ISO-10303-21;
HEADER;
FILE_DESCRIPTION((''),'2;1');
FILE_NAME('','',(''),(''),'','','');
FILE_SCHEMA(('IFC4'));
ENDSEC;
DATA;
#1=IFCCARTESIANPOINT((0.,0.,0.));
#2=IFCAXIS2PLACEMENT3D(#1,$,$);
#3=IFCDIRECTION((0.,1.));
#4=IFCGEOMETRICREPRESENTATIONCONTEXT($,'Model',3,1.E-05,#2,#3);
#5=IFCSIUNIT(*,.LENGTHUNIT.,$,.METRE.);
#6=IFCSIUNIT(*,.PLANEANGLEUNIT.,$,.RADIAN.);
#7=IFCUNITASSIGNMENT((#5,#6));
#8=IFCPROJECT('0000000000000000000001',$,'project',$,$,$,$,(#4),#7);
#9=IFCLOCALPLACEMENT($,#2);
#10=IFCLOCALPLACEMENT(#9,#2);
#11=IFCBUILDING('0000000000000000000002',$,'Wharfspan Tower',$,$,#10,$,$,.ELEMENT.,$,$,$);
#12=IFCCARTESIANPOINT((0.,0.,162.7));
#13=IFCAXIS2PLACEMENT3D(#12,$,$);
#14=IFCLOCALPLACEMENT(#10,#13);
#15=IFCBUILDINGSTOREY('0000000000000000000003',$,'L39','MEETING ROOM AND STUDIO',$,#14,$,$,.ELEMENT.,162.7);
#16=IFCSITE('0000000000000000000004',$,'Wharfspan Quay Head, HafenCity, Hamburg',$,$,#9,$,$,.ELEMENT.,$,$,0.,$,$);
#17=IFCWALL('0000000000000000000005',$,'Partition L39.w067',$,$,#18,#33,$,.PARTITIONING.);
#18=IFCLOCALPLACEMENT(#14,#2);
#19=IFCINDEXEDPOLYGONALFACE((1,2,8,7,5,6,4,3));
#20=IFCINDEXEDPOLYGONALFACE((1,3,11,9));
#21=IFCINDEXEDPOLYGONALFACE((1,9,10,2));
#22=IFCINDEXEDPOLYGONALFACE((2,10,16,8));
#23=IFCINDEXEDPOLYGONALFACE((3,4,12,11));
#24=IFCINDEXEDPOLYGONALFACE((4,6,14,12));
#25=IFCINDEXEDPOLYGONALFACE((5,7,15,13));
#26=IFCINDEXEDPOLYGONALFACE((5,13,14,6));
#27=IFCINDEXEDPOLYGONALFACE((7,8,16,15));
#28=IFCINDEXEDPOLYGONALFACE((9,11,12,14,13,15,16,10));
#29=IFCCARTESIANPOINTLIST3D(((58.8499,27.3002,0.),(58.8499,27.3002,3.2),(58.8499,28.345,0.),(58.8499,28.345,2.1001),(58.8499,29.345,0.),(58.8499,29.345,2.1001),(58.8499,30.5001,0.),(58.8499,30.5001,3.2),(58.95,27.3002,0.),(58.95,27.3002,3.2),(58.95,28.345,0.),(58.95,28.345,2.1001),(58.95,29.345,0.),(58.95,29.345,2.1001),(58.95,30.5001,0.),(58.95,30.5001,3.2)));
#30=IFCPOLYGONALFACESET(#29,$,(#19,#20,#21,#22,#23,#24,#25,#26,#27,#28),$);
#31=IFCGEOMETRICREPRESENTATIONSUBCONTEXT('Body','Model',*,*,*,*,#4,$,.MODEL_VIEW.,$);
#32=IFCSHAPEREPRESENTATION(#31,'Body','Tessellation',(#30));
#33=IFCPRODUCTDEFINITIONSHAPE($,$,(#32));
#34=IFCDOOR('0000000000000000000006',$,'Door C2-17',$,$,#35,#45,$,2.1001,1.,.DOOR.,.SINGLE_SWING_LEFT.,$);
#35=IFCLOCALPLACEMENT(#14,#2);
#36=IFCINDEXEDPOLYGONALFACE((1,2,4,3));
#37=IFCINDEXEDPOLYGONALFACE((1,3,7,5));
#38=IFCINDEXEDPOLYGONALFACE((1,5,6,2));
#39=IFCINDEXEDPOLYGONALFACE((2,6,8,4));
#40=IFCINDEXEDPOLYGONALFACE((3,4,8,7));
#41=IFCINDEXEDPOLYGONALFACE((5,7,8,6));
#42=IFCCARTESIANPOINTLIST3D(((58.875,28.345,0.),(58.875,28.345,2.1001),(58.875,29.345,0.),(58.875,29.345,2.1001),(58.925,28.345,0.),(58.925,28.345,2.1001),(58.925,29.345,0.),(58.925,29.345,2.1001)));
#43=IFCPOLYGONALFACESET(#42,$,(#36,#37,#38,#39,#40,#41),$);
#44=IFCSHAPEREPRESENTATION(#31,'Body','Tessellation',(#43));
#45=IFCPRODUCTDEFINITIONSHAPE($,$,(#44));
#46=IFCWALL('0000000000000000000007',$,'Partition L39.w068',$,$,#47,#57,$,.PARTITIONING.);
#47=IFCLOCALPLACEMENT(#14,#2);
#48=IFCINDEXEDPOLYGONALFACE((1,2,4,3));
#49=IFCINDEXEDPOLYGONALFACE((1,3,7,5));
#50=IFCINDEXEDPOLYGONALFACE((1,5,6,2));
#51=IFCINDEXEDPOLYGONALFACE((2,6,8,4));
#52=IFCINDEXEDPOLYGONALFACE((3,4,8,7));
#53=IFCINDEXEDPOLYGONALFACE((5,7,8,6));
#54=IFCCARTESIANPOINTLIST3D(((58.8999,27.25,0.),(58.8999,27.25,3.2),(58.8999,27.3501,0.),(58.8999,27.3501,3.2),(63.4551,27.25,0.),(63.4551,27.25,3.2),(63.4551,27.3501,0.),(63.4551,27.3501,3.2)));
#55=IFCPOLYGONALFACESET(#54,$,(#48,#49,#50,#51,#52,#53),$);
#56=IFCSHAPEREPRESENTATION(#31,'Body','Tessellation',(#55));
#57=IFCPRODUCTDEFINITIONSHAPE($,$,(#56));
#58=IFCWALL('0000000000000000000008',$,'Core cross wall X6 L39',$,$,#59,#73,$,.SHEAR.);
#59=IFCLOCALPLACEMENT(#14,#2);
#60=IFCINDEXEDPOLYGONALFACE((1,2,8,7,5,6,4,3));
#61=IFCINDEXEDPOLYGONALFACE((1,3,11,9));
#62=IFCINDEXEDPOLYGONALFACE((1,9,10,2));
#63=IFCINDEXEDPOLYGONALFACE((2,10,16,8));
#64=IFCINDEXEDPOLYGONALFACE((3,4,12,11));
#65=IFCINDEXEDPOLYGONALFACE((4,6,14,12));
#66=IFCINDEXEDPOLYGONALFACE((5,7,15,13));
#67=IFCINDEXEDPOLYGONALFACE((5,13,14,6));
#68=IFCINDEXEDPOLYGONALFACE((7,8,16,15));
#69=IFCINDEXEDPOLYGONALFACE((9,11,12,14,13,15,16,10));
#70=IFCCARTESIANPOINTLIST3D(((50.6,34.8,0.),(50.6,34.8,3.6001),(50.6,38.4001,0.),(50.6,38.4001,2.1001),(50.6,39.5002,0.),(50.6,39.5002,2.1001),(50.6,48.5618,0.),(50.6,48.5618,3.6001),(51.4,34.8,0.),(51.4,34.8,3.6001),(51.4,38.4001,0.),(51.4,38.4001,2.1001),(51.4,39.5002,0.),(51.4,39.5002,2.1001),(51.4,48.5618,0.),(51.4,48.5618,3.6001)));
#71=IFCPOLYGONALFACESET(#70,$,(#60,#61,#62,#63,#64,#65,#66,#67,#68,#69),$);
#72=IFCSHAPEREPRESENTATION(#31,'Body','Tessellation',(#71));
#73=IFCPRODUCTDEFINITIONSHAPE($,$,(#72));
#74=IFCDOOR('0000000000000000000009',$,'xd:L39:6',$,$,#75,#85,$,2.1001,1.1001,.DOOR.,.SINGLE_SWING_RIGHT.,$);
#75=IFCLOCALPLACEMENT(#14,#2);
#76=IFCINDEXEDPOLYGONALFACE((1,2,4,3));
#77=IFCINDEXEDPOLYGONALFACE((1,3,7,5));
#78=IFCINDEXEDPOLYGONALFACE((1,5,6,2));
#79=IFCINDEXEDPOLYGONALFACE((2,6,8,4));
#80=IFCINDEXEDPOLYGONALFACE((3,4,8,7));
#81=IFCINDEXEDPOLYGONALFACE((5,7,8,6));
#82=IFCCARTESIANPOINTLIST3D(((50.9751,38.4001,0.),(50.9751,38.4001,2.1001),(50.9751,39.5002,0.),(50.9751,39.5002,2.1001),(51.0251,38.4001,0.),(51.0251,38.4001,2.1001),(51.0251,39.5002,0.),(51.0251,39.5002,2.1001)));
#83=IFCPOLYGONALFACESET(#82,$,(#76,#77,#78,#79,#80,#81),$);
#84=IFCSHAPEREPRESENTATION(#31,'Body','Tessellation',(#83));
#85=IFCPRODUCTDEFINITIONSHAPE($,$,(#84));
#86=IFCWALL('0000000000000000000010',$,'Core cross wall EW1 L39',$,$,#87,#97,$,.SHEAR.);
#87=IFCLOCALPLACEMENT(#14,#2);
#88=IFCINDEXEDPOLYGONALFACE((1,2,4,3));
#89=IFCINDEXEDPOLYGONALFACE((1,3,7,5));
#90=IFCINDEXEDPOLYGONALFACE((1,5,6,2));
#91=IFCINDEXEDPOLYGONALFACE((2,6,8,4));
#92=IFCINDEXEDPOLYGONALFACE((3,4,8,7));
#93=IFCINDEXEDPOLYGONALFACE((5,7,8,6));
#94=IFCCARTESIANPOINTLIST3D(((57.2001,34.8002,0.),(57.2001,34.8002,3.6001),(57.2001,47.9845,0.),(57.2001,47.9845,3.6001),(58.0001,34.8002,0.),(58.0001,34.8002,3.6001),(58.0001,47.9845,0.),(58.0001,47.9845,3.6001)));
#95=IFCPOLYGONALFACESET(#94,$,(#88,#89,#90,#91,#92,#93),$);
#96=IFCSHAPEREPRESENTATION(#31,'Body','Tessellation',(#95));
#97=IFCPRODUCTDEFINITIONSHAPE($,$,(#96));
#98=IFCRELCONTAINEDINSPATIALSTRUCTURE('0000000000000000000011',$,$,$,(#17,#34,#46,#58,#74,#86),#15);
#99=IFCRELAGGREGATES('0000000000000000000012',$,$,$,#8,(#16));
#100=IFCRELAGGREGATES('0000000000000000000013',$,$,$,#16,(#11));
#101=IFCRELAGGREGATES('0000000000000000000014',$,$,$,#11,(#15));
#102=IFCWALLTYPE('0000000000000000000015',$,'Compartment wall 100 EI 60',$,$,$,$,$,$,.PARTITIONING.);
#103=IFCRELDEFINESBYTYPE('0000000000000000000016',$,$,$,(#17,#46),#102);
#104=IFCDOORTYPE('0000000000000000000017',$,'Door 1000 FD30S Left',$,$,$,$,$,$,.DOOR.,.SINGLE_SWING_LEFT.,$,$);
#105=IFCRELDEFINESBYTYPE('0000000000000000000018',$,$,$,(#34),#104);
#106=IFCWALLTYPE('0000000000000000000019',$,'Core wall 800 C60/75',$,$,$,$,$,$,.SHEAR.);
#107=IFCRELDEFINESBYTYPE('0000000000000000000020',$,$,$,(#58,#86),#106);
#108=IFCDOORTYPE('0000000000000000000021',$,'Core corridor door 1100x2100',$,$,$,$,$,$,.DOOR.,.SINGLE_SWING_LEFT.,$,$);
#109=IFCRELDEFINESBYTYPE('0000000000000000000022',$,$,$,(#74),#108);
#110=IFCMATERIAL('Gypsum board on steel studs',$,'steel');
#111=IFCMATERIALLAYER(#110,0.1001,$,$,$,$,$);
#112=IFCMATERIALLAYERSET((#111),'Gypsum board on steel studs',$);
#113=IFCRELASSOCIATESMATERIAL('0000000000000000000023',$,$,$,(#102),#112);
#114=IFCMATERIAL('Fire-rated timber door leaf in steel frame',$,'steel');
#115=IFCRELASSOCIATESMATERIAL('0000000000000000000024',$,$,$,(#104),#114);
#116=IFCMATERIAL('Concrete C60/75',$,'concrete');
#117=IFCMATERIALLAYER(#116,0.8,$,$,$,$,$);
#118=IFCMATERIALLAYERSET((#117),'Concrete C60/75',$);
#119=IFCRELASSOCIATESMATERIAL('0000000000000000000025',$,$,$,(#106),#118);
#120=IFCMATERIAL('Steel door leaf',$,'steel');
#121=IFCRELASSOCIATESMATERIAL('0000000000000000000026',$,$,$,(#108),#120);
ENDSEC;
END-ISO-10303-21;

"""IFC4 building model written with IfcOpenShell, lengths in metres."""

from ifc_helpers import new_model, si_unit, direction, frame, frame_2d, origin, place, context, subcontext, project, spatial, rectangle, extrude, material, layer, layer_set, type_object, element, fill, save


model = new_model("IFC4")

# Units and contexts
model_context = context("Model", 3, precision=1e-05, world=origin(), true_north=direction((0.0, 1.0)))
body_context = subcontext(model_context, "Body", "Model", "MODEL_VIEW")
ifc_project = project(units=[si_unit("LENGTHUNIT", "METRE"), si_unit("PLANEANGLEUNIT", "RADIAN")], contexts=[model_context])

# Site, building, storey
site_placement = place(None, origin())
site = spatial("IfcSite", under=ifc_project, at=site_placement, Name="Wharfspan Quay Head, HafenCity, Hamburg", CompositionType="ELEMENT", RefElevation=0.0)
building_placement = place(site_placement, origin())
building = spatial("IfcBuilding", under=site, at=building_placement, Name="Wharfspan Tower", CompositionType="ELEMENT")
storey_placement = place(building_placement, frame((0.0, 0.0, 162.7)))
storey = spatial("IfcBuildingStorey", under=building, at=storey_placement, Name="L39", Description="MEETING ROOM AND STUDIO", CompositionType="ELEMENT", Elevation=162.7)

# Shared definitions
ifc_material_1 = material(Name="Gypsum board on steel studs", Category="steel")
ifc_layer_1 = layer(ifc_material_1, 0.1001)
ifc_layer_set_1 = layer_set([ifc_layer_1], Name="Gypsum board on steel studs")
wall_type_1 = type_object("IfcWallType", Name="Compartment wall 100 EI 60", PredefinedType="PARTITIONING", material=ifc_layer_set_1)

# Wall, opening, door
wall_1_placement = place(storey_placement, frame((58.8999, 27.3, 0.0), z_axis=(0.0, 0.0, 1.0), x_axis=(0.0, 1.0, 0.0)))
wall_1 = element("IfcWall", 1, at=wall_1_placement, inside=storey, type_object=wall_type_1, Name="Partition L39.w067", PredefinedType="PARTITIONING", context=body_context, shape_type="SweptSolid", body=[
    extrude(rectangle(XDim=3.2, YDim=0.1001, at=frame_2d((1.6001, 0.0))), origin(), (0.0, 0.0, 1.0), 3.2),
])
opening_1_placement = place(wall_1_placement, frame((1.0449, 0.0, 0.0)))
opening_1 = element("IfcOpeningElement", 2, at=opening_1_placement, cuts=wall_1, PredefinedType="OPENING", context=body_context, shape_type="SweptSolid", body=[
    extrude(rectangle(XDim=1.0, YDim=2.1001, at=frame_2d((0.5, 1.05))), frame((0.0, 0.0601, 0.0), z_axis=(0.0, -1.0, 0.0), x_axis=(1.0, 0.0, 0.0)), (0.0, 0.0, 1.0), 0.1201),
])
ifc_material_2 = material(Name="Fire-rated timber door leaf in steel frame", Category="steel")
door_type_1 = type_object("IfcDoorType", Name="Door 1000 FD30S Left", OperationType="SINGLE_SWING_LEFT", PredefinedType="DOOR", material=ifc_material_2)
door_1_placement = place(opening_1_placement, origin())
door_1 = element("IfcDoor", 3, at=door_1_placement, inside=storey, type_object=door_type_1, Name="Door C2-17", OperationType="SINGLE_SWING_LEFT", OverallHeight=2.1001, OverallWidth=1.0, PredefinedType="DOOR", context=body_context, shape_type="SweptSolid", body=[
    extrude(rectangle(XDim=1.0, YDim=2.1001, at=frame_2d((0.5, 1.05))), frame((0.0, 0.0249, 0.0), z_axis=(0.0, -1.0, 0.0), x_axis=(1.0, 0.0, 0.0)), (0.0, 0.0, 1.0), 0.05),
])
fill(opening_1, door_1)

# Wall
wall_2_placement = place(storey_placement, frame((58.8999, 27.3, 0.0), z_axis=(0.0, 0.0, 1.0), x_axis=(1.0, 0.0, 0.0)))
element("IfcWall", 4, at=wall_2_placement, inside=storey, type_object=wall_type_1, Name="Partition L39.w068", PredefinedType="PARTITIONING", context=body_context, shape_type="SweptSolid", body=[
    extrude(rectangle(XDim=4.5552, YDim=0.1001, at=frame_2d((2.2776, 0.0))), origin(), (0.0, 0.0, 1.0), 3.2),
])

# Wall, opening, door
ifc_material_3 = material(Name="Concrete C60/75", Category="concrete")
ifc_layer_2 = layer(ifc_material_3, 0.8)
ifc_layer_set_2 = layer_set([ifc_layer_2], Name="Concrete C60/75")
wall_type_2 = type_object("IfcWallType", Name="Core wall 800 C60/75", PredefinedType="SHEAR", material=ifc_layer_set_2)
wall_3_placement = place(storey_placement, frame((51.0, 34.8, 0.0), z_axis=(0.0, 0.0, 1.0), x_axis=(0.0, 1.0, 0.0)))
wall_3 = element("IfcWall", 5, at=wall_3_placement, inside=storey, type_object=wall_type_2, Name="Core cross wall X6 L39", PredefinedType="SHEAR", context=body_context, shape_type="SweptSolid", body=[
    extrude(rectangle(XDim=13.7617, YDim=0.8, at=frame_2d((6.8809, 0.0))), origin(), (0.0, 0.0, 1.0), 3.6001),
])
opening_2_placement = place(wall_3_placement, frame((3.6001, 0.0, 0.0)))
opening_2 = element("IfcOpeningElement", 6, at=opening_2_placement, cuts=wall_3, PredefinedType="OPENING", context=body_context, shape_type="SweptSolid", body=[
    extrude(rectangle(XDim=1.1001, YDim=2.1001, at=frame_2d((0.55, 1.05))), frame((0.0, 0.4099, 0.0), z_axis=(0.0, -1.0, 0.0), x_axis=(1.0, 0.0, 0.0)), (0.0, 0.0, 1.0), 0.8201),
])
ifc_material_4 = material(Name="Steel door leaf", Category="steel")
door_type_2 = type_object("IfcDoorType", Name="Core corridor door 1100x2100", OperationType="SINGLE_SWING_LEFT", PredefinedType="DOOR", material=ifc_material_4)
door_2_placement = place(opening_2_placement, origin())
door_2 = element("IfcDoor", 7, at=door_2_placement, inside=storey, type_object=door_type_2, Name="xd:L39:6", OperationType="SINGLE_SWING_RIGHT", OverallHeight=2.1001, OverallWidth=1.1001, PredefinedType="DOOR", context=body_context, shape_type="SweptSolid", body=[
    extrude(rectangle(XDim=1.1001, YDim=2.1001, at=frame_2d((0.55, 1.05))), frame((0.0, 0.0249, 0.0), z_axis=(0.0, -1.0, 0.0), x_axis=(1.0, 0.0, 0.0)), (0.0, 0.0, 1.0), 0.05),
])
fill(opening_2, door_2)

# Wall
wall_4_placement = place(storey_placement, frame((57.6001, 34.8, 0.0), z_axis=(0.0, 0.0, 1.0), x_axis=(0.0, 1.0, 0.0)))
element("IfcWall", 8, at=wall_4_placement, inside=storey, type_object=wall_type_2, Name="Core cross wall EW1 L39", PredefinedType="SHEAR", context=body_context, shape_type="SweptSolid", body=[
    extrude(rectangle(XDim=13.1843, YDim=0.8, at=frame_2d((6.5923, 0.0))), origin(), (0.0, 0.0, 1.0), 3.6001),
])

save(model, "model.ifc")
